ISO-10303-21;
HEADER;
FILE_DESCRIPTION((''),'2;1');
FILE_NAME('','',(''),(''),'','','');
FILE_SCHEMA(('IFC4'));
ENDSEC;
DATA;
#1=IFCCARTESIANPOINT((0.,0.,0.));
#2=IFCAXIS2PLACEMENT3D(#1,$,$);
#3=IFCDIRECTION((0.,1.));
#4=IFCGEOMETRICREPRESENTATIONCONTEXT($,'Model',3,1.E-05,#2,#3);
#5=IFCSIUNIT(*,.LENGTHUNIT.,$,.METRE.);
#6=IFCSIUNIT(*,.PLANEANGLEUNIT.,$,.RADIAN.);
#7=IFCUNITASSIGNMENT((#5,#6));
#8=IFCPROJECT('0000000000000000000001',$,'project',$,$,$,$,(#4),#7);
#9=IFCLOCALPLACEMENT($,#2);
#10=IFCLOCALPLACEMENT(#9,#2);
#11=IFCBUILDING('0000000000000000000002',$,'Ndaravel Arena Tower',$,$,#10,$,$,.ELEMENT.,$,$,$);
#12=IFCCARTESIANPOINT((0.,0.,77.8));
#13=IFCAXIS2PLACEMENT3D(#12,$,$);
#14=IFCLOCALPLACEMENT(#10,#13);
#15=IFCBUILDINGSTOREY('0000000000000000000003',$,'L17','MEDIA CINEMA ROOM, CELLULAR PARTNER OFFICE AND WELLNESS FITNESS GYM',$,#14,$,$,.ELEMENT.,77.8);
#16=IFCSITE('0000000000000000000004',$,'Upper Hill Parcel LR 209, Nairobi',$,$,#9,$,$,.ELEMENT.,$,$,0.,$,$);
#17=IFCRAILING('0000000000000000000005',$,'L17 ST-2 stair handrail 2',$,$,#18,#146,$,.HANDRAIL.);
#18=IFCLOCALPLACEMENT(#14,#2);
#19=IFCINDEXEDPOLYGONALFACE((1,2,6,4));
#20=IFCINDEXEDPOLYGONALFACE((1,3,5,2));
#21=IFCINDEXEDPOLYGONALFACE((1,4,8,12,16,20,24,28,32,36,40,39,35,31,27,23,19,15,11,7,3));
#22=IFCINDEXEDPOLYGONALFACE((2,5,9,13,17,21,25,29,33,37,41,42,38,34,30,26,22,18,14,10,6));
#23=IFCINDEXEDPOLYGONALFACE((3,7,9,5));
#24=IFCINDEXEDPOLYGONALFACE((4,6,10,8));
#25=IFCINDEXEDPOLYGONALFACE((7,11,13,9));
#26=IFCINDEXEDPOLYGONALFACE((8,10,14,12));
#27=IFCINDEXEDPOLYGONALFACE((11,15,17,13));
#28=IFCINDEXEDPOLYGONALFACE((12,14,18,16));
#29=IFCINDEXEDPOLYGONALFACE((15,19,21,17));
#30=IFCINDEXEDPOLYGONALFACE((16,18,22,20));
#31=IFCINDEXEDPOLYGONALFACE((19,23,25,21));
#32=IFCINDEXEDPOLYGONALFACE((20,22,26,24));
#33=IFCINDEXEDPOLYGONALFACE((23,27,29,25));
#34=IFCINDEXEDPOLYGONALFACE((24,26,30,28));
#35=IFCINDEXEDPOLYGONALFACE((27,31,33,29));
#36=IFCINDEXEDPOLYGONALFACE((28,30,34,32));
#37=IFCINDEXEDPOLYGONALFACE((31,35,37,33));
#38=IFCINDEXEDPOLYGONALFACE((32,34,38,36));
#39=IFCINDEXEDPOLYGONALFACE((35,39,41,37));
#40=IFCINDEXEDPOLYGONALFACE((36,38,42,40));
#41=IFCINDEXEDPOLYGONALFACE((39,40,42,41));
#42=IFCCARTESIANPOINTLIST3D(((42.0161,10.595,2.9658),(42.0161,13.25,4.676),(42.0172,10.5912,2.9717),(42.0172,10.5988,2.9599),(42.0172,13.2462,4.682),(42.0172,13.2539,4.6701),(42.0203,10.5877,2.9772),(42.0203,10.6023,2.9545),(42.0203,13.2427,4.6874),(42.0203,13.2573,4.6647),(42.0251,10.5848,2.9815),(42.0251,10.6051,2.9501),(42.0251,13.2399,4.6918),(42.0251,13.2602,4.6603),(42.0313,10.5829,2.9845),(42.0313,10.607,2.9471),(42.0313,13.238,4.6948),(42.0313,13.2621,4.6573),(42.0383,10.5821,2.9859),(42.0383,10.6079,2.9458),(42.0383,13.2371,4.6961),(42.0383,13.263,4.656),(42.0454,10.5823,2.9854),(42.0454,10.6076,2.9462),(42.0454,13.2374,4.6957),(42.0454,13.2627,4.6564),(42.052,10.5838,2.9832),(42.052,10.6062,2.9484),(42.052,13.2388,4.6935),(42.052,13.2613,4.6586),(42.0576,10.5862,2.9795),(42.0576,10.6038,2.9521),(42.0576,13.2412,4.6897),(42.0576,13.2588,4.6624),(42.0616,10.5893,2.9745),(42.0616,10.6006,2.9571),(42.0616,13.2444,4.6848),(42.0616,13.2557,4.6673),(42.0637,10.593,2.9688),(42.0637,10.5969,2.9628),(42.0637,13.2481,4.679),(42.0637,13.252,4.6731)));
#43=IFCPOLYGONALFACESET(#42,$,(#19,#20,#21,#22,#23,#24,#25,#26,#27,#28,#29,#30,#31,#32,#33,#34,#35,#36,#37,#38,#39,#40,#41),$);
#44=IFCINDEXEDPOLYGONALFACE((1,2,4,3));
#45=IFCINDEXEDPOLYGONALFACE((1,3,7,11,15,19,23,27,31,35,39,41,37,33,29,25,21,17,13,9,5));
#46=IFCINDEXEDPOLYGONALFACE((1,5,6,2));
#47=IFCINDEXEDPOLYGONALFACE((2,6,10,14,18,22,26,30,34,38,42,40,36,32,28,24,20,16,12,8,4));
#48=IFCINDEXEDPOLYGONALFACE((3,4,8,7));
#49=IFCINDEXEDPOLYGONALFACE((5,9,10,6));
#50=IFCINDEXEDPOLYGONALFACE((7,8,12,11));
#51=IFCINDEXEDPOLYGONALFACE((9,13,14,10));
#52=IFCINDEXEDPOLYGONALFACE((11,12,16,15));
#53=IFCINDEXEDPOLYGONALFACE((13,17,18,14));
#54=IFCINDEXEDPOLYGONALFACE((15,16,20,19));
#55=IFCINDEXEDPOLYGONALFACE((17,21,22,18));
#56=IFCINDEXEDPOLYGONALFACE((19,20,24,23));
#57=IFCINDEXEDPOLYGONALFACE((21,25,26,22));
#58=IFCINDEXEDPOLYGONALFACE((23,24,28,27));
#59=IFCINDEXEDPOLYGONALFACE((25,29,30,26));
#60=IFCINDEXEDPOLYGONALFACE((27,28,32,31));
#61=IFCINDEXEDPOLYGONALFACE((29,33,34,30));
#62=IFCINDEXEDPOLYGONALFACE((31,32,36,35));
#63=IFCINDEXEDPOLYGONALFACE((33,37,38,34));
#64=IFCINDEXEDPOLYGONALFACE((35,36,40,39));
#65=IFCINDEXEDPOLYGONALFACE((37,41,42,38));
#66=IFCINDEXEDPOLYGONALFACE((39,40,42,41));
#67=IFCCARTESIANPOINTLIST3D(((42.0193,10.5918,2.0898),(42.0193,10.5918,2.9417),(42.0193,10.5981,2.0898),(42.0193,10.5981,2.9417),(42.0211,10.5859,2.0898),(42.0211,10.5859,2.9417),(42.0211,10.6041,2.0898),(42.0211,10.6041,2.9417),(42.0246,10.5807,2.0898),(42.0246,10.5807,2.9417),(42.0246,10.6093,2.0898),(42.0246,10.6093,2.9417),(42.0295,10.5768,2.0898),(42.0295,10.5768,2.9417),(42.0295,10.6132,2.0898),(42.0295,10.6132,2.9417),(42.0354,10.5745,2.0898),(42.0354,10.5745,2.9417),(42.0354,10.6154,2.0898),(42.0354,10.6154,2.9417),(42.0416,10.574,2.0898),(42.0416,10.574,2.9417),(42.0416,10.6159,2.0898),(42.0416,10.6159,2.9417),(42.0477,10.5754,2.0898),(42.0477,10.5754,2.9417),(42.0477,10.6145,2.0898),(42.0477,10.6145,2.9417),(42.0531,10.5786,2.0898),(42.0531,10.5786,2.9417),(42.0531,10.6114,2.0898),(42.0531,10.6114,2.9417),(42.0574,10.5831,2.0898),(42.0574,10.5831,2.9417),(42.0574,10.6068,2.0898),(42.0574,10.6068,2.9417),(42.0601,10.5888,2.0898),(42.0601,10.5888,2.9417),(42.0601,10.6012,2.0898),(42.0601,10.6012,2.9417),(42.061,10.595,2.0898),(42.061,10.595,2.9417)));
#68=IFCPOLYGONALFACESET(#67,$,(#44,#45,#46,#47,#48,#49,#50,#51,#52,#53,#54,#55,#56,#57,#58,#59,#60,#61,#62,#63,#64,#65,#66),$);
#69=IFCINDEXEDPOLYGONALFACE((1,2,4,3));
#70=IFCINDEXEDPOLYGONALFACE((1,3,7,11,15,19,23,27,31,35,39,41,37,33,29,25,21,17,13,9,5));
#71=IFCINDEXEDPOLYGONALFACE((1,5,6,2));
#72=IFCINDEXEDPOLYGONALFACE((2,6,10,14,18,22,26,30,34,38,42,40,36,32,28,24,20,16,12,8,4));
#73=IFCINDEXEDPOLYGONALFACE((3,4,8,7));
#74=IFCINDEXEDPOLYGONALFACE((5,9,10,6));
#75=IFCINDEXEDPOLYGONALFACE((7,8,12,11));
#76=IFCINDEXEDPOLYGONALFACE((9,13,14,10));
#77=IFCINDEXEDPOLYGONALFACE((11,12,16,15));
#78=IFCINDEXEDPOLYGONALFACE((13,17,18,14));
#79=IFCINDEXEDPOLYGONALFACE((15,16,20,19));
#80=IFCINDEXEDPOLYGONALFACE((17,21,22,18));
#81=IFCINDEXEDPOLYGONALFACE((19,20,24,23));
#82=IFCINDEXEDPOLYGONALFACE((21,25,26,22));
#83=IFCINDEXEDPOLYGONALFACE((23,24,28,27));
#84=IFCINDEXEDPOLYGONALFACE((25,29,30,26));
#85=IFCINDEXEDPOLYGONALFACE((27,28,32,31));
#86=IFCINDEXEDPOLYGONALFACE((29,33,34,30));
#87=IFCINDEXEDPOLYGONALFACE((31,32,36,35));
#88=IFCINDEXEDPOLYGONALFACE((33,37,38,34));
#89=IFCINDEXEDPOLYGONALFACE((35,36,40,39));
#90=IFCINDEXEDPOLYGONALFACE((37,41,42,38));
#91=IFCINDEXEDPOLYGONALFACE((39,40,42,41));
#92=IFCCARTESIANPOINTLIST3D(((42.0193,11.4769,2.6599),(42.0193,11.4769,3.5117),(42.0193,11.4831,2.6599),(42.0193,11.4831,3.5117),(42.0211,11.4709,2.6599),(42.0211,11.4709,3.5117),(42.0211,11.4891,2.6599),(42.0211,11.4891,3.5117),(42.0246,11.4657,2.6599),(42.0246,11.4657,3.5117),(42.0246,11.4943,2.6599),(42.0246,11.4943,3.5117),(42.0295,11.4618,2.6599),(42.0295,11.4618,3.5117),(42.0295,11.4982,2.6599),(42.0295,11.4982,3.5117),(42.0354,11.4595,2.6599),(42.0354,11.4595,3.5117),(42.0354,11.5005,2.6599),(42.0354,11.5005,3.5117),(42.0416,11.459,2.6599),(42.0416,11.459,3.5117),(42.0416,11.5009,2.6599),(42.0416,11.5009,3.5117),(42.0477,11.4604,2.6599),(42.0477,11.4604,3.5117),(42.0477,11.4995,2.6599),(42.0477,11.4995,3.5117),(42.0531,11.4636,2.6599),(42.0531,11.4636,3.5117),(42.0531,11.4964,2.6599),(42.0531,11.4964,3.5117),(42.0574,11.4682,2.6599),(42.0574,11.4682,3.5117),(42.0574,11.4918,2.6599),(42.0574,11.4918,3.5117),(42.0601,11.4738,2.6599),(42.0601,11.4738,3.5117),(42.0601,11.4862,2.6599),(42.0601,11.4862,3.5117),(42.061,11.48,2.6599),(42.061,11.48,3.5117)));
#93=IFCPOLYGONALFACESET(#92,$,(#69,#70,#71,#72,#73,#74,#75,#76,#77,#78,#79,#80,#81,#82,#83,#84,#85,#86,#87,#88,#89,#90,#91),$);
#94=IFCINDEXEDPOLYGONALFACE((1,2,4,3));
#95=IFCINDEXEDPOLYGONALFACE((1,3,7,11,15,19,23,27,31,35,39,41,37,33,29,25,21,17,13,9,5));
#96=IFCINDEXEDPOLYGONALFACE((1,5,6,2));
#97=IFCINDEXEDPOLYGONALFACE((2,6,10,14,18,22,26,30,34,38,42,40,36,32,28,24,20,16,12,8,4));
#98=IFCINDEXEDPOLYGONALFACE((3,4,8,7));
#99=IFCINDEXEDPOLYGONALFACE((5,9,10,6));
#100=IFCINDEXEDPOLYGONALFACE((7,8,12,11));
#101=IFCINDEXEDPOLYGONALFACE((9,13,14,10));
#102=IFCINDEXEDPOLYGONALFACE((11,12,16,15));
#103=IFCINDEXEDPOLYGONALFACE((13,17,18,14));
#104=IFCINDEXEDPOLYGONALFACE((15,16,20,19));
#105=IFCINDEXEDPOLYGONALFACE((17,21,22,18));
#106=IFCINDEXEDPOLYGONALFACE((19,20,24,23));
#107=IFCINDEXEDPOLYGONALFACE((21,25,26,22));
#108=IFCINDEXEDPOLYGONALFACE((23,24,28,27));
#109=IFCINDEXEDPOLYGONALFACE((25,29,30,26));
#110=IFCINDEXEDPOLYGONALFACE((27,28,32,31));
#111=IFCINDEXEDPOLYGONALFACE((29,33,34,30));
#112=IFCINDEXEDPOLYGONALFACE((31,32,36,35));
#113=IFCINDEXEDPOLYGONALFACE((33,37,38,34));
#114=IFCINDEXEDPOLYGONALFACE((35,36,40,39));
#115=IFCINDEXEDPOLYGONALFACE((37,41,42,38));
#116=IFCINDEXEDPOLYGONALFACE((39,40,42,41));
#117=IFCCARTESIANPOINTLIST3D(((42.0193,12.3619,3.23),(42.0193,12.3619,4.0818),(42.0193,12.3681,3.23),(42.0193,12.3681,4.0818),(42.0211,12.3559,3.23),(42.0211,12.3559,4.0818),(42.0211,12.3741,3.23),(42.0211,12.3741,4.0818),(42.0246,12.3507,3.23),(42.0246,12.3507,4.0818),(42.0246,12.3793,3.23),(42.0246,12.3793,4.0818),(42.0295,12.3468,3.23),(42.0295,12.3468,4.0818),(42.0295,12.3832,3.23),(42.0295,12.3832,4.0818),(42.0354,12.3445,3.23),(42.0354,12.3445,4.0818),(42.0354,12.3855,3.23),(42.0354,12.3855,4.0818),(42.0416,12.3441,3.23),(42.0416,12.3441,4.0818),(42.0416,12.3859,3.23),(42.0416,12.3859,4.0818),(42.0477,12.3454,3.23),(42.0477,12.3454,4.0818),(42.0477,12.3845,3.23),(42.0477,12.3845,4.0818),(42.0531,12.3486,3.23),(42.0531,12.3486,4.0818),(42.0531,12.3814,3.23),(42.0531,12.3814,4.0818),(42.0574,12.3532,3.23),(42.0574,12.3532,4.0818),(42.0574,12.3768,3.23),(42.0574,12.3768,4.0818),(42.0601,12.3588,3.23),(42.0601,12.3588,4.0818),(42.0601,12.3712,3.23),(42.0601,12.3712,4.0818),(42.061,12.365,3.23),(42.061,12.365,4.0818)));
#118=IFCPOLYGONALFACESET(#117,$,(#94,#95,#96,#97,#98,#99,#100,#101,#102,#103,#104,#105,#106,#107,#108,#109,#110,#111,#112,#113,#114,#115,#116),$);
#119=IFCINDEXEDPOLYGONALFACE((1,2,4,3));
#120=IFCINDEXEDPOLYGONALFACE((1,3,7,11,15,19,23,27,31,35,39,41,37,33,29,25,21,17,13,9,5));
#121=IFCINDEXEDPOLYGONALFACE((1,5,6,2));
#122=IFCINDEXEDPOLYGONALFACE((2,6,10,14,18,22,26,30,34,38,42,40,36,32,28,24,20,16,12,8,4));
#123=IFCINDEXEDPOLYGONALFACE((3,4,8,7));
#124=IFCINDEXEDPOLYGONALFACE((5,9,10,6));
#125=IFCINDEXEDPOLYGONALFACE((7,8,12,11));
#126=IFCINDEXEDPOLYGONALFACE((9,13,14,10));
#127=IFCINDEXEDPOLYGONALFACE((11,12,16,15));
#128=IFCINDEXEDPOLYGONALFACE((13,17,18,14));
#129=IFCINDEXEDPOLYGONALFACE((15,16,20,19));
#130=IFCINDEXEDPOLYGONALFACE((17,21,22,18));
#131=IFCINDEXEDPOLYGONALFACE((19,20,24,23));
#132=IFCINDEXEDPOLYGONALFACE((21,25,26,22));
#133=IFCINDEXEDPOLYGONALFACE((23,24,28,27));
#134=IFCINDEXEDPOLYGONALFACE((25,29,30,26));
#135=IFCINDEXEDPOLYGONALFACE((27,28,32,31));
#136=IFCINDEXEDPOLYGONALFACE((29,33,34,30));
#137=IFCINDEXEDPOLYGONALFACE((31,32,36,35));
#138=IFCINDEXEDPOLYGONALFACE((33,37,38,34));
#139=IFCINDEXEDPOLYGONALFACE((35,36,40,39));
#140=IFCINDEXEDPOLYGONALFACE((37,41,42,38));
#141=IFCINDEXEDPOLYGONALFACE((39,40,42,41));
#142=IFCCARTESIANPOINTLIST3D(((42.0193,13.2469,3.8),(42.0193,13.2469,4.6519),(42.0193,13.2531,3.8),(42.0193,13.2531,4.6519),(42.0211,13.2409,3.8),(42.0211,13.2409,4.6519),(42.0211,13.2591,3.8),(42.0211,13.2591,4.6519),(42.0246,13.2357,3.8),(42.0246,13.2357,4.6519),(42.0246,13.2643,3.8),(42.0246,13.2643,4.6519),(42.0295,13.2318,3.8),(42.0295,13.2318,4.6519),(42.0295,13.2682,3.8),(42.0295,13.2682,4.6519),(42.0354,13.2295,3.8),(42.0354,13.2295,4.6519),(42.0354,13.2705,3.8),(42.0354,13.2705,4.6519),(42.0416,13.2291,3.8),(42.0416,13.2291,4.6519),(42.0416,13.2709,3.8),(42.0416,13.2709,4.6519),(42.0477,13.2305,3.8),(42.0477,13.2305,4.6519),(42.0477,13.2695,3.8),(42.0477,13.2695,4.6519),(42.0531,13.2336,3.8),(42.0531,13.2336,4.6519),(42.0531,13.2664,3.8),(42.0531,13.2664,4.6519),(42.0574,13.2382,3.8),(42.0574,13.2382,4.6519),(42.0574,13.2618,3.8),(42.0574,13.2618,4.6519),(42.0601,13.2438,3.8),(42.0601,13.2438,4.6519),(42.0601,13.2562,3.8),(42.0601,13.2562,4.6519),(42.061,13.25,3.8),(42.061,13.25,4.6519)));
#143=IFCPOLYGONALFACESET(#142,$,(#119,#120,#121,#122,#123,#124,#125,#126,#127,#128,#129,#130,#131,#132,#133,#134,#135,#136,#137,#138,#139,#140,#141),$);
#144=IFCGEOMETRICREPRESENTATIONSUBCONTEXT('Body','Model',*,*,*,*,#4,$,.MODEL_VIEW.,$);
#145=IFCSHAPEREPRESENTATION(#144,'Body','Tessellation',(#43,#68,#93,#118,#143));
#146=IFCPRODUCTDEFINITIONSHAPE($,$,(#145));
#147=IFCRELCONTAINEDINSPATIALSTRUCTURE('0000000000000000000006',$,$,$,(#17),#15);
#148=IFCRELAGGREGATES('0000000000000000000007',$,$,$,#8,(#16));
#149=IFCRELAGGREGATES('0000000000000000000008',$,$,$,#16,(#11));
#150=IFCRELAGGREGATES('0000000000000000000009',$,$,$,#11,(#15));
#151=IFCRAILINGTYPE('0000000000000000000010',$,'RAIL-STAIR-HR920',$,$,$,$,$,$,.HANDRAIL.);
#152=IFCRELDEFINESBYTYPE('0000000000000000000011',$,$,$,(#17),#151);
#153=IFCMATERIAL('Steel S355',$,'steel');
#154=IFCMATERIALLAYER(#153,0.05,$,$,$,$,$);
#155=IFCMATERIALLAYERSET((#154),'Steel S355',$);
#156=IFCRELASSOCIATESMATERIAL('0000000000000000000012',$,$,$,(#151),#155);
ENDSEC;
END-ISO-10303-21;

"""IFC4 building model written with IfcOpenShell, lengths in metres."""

from ifc_helpers import new_model, si_unit, direction, frame, origin, origin_2d, place, context, subcontext, project, spatial, circle, extrude, material, layer, layer_set, type_object, element, save


model = new_model("IFC4")

# Units and contexts
model_context = context("Model", 3, precision=1e-05, world=origin(), true_north=direction((0.0, 1.0)))
body_context = subcontext(model_context, "Body", "Model", "MODEL_VIEW")
ifc_project = project(units=[si_unit("LENGTHUNIT", "METRE"), si_unit("PLANEANGLEUNIT", "RADIAN")], contexts=[model_context])

# Site, building, storey
site_placement = place(None, origin())
site = spatial("IfcSite", under=ifc_project, at=site_placement, Name="Upper Hill Parcel LR 209, Nairobi", CompositionType="ELEMENT", RefElevation=0.0)
building_placement = place(site_placement, origin())
building = spatial("IfcBuilding", under=site, at=building_placement, Name="Ndaravel Arena Tower", CompositionType="ELEMENT")
storey_placement = place(building_placement, frame((0.0, 0.0, 77.8)))
storey = spatial("IfcBuildingStorey", under=building, at=storey_placement, Name="L17", Description="MEDIA CINEMA ROOM, CELLULAR PARTNER OFFICE AND WELLNESS FITNESS GYM", CompositionType="ELEMENT", Elevation=77.8)

# Railing
ifc_material_1 = material(Name="Steel S355", Category="steel")
ifc_layer_1 = layer(ifc_material_1, 0.05)
ifc_layer_set_1 = layer_set([ifc_layer_1], Name="Steel S355")
railing_type_1 = type_object("IfcRailingType", Name="RAIL-STAIR-HR920", PredefinedType="HANDRAIL", material=ifc_layer_set_1)
railing_1_placement = place(storey_placement, frame((42.04, 10.595, 2.0898)))
element("IfcRailing", 1, at=railing_1_placement, inside=storey, type_object=railing_type_1, Name="L17 ST-2 stair handrail 2", PredefinedType="HANDRAIL", context=body_context, shape_type="SweptSolid", body=[
    extrude(circle(Radius=0.0239, at=origin_2d()), frame((0.0, 0.0, 0.876), z_axis=(0.0, 0.840688, 0.541519), x_axis=(-1.0, 0.0, 0.0)), (0.0, 0.0, 1.0), 3.1582),
    extrude(circle(Radius=0.021, at=origin_2d()), origin(), (0.0, 0.0, 1.0), 0.8518),
    extrude(circle(Radius=0.021, at=origin_2d()), frame((0.0, 0.885, 0.5701)), (0.0, 0.0, 1.0), 0.8518),
    extrude(circle(Radius=0.021, at=origin_2d()), frame((0.0, 1.77, 1.1401)), (0.0, 0.0, 1.0), 0.8518),
    extrude(circle(Radius=0.021, at=origin_2d()), frame((0.0, 2.655, 1.7102)), (0.0, 0.0, 1.0), 0.8518),
])

save(model, "model.ifc")
